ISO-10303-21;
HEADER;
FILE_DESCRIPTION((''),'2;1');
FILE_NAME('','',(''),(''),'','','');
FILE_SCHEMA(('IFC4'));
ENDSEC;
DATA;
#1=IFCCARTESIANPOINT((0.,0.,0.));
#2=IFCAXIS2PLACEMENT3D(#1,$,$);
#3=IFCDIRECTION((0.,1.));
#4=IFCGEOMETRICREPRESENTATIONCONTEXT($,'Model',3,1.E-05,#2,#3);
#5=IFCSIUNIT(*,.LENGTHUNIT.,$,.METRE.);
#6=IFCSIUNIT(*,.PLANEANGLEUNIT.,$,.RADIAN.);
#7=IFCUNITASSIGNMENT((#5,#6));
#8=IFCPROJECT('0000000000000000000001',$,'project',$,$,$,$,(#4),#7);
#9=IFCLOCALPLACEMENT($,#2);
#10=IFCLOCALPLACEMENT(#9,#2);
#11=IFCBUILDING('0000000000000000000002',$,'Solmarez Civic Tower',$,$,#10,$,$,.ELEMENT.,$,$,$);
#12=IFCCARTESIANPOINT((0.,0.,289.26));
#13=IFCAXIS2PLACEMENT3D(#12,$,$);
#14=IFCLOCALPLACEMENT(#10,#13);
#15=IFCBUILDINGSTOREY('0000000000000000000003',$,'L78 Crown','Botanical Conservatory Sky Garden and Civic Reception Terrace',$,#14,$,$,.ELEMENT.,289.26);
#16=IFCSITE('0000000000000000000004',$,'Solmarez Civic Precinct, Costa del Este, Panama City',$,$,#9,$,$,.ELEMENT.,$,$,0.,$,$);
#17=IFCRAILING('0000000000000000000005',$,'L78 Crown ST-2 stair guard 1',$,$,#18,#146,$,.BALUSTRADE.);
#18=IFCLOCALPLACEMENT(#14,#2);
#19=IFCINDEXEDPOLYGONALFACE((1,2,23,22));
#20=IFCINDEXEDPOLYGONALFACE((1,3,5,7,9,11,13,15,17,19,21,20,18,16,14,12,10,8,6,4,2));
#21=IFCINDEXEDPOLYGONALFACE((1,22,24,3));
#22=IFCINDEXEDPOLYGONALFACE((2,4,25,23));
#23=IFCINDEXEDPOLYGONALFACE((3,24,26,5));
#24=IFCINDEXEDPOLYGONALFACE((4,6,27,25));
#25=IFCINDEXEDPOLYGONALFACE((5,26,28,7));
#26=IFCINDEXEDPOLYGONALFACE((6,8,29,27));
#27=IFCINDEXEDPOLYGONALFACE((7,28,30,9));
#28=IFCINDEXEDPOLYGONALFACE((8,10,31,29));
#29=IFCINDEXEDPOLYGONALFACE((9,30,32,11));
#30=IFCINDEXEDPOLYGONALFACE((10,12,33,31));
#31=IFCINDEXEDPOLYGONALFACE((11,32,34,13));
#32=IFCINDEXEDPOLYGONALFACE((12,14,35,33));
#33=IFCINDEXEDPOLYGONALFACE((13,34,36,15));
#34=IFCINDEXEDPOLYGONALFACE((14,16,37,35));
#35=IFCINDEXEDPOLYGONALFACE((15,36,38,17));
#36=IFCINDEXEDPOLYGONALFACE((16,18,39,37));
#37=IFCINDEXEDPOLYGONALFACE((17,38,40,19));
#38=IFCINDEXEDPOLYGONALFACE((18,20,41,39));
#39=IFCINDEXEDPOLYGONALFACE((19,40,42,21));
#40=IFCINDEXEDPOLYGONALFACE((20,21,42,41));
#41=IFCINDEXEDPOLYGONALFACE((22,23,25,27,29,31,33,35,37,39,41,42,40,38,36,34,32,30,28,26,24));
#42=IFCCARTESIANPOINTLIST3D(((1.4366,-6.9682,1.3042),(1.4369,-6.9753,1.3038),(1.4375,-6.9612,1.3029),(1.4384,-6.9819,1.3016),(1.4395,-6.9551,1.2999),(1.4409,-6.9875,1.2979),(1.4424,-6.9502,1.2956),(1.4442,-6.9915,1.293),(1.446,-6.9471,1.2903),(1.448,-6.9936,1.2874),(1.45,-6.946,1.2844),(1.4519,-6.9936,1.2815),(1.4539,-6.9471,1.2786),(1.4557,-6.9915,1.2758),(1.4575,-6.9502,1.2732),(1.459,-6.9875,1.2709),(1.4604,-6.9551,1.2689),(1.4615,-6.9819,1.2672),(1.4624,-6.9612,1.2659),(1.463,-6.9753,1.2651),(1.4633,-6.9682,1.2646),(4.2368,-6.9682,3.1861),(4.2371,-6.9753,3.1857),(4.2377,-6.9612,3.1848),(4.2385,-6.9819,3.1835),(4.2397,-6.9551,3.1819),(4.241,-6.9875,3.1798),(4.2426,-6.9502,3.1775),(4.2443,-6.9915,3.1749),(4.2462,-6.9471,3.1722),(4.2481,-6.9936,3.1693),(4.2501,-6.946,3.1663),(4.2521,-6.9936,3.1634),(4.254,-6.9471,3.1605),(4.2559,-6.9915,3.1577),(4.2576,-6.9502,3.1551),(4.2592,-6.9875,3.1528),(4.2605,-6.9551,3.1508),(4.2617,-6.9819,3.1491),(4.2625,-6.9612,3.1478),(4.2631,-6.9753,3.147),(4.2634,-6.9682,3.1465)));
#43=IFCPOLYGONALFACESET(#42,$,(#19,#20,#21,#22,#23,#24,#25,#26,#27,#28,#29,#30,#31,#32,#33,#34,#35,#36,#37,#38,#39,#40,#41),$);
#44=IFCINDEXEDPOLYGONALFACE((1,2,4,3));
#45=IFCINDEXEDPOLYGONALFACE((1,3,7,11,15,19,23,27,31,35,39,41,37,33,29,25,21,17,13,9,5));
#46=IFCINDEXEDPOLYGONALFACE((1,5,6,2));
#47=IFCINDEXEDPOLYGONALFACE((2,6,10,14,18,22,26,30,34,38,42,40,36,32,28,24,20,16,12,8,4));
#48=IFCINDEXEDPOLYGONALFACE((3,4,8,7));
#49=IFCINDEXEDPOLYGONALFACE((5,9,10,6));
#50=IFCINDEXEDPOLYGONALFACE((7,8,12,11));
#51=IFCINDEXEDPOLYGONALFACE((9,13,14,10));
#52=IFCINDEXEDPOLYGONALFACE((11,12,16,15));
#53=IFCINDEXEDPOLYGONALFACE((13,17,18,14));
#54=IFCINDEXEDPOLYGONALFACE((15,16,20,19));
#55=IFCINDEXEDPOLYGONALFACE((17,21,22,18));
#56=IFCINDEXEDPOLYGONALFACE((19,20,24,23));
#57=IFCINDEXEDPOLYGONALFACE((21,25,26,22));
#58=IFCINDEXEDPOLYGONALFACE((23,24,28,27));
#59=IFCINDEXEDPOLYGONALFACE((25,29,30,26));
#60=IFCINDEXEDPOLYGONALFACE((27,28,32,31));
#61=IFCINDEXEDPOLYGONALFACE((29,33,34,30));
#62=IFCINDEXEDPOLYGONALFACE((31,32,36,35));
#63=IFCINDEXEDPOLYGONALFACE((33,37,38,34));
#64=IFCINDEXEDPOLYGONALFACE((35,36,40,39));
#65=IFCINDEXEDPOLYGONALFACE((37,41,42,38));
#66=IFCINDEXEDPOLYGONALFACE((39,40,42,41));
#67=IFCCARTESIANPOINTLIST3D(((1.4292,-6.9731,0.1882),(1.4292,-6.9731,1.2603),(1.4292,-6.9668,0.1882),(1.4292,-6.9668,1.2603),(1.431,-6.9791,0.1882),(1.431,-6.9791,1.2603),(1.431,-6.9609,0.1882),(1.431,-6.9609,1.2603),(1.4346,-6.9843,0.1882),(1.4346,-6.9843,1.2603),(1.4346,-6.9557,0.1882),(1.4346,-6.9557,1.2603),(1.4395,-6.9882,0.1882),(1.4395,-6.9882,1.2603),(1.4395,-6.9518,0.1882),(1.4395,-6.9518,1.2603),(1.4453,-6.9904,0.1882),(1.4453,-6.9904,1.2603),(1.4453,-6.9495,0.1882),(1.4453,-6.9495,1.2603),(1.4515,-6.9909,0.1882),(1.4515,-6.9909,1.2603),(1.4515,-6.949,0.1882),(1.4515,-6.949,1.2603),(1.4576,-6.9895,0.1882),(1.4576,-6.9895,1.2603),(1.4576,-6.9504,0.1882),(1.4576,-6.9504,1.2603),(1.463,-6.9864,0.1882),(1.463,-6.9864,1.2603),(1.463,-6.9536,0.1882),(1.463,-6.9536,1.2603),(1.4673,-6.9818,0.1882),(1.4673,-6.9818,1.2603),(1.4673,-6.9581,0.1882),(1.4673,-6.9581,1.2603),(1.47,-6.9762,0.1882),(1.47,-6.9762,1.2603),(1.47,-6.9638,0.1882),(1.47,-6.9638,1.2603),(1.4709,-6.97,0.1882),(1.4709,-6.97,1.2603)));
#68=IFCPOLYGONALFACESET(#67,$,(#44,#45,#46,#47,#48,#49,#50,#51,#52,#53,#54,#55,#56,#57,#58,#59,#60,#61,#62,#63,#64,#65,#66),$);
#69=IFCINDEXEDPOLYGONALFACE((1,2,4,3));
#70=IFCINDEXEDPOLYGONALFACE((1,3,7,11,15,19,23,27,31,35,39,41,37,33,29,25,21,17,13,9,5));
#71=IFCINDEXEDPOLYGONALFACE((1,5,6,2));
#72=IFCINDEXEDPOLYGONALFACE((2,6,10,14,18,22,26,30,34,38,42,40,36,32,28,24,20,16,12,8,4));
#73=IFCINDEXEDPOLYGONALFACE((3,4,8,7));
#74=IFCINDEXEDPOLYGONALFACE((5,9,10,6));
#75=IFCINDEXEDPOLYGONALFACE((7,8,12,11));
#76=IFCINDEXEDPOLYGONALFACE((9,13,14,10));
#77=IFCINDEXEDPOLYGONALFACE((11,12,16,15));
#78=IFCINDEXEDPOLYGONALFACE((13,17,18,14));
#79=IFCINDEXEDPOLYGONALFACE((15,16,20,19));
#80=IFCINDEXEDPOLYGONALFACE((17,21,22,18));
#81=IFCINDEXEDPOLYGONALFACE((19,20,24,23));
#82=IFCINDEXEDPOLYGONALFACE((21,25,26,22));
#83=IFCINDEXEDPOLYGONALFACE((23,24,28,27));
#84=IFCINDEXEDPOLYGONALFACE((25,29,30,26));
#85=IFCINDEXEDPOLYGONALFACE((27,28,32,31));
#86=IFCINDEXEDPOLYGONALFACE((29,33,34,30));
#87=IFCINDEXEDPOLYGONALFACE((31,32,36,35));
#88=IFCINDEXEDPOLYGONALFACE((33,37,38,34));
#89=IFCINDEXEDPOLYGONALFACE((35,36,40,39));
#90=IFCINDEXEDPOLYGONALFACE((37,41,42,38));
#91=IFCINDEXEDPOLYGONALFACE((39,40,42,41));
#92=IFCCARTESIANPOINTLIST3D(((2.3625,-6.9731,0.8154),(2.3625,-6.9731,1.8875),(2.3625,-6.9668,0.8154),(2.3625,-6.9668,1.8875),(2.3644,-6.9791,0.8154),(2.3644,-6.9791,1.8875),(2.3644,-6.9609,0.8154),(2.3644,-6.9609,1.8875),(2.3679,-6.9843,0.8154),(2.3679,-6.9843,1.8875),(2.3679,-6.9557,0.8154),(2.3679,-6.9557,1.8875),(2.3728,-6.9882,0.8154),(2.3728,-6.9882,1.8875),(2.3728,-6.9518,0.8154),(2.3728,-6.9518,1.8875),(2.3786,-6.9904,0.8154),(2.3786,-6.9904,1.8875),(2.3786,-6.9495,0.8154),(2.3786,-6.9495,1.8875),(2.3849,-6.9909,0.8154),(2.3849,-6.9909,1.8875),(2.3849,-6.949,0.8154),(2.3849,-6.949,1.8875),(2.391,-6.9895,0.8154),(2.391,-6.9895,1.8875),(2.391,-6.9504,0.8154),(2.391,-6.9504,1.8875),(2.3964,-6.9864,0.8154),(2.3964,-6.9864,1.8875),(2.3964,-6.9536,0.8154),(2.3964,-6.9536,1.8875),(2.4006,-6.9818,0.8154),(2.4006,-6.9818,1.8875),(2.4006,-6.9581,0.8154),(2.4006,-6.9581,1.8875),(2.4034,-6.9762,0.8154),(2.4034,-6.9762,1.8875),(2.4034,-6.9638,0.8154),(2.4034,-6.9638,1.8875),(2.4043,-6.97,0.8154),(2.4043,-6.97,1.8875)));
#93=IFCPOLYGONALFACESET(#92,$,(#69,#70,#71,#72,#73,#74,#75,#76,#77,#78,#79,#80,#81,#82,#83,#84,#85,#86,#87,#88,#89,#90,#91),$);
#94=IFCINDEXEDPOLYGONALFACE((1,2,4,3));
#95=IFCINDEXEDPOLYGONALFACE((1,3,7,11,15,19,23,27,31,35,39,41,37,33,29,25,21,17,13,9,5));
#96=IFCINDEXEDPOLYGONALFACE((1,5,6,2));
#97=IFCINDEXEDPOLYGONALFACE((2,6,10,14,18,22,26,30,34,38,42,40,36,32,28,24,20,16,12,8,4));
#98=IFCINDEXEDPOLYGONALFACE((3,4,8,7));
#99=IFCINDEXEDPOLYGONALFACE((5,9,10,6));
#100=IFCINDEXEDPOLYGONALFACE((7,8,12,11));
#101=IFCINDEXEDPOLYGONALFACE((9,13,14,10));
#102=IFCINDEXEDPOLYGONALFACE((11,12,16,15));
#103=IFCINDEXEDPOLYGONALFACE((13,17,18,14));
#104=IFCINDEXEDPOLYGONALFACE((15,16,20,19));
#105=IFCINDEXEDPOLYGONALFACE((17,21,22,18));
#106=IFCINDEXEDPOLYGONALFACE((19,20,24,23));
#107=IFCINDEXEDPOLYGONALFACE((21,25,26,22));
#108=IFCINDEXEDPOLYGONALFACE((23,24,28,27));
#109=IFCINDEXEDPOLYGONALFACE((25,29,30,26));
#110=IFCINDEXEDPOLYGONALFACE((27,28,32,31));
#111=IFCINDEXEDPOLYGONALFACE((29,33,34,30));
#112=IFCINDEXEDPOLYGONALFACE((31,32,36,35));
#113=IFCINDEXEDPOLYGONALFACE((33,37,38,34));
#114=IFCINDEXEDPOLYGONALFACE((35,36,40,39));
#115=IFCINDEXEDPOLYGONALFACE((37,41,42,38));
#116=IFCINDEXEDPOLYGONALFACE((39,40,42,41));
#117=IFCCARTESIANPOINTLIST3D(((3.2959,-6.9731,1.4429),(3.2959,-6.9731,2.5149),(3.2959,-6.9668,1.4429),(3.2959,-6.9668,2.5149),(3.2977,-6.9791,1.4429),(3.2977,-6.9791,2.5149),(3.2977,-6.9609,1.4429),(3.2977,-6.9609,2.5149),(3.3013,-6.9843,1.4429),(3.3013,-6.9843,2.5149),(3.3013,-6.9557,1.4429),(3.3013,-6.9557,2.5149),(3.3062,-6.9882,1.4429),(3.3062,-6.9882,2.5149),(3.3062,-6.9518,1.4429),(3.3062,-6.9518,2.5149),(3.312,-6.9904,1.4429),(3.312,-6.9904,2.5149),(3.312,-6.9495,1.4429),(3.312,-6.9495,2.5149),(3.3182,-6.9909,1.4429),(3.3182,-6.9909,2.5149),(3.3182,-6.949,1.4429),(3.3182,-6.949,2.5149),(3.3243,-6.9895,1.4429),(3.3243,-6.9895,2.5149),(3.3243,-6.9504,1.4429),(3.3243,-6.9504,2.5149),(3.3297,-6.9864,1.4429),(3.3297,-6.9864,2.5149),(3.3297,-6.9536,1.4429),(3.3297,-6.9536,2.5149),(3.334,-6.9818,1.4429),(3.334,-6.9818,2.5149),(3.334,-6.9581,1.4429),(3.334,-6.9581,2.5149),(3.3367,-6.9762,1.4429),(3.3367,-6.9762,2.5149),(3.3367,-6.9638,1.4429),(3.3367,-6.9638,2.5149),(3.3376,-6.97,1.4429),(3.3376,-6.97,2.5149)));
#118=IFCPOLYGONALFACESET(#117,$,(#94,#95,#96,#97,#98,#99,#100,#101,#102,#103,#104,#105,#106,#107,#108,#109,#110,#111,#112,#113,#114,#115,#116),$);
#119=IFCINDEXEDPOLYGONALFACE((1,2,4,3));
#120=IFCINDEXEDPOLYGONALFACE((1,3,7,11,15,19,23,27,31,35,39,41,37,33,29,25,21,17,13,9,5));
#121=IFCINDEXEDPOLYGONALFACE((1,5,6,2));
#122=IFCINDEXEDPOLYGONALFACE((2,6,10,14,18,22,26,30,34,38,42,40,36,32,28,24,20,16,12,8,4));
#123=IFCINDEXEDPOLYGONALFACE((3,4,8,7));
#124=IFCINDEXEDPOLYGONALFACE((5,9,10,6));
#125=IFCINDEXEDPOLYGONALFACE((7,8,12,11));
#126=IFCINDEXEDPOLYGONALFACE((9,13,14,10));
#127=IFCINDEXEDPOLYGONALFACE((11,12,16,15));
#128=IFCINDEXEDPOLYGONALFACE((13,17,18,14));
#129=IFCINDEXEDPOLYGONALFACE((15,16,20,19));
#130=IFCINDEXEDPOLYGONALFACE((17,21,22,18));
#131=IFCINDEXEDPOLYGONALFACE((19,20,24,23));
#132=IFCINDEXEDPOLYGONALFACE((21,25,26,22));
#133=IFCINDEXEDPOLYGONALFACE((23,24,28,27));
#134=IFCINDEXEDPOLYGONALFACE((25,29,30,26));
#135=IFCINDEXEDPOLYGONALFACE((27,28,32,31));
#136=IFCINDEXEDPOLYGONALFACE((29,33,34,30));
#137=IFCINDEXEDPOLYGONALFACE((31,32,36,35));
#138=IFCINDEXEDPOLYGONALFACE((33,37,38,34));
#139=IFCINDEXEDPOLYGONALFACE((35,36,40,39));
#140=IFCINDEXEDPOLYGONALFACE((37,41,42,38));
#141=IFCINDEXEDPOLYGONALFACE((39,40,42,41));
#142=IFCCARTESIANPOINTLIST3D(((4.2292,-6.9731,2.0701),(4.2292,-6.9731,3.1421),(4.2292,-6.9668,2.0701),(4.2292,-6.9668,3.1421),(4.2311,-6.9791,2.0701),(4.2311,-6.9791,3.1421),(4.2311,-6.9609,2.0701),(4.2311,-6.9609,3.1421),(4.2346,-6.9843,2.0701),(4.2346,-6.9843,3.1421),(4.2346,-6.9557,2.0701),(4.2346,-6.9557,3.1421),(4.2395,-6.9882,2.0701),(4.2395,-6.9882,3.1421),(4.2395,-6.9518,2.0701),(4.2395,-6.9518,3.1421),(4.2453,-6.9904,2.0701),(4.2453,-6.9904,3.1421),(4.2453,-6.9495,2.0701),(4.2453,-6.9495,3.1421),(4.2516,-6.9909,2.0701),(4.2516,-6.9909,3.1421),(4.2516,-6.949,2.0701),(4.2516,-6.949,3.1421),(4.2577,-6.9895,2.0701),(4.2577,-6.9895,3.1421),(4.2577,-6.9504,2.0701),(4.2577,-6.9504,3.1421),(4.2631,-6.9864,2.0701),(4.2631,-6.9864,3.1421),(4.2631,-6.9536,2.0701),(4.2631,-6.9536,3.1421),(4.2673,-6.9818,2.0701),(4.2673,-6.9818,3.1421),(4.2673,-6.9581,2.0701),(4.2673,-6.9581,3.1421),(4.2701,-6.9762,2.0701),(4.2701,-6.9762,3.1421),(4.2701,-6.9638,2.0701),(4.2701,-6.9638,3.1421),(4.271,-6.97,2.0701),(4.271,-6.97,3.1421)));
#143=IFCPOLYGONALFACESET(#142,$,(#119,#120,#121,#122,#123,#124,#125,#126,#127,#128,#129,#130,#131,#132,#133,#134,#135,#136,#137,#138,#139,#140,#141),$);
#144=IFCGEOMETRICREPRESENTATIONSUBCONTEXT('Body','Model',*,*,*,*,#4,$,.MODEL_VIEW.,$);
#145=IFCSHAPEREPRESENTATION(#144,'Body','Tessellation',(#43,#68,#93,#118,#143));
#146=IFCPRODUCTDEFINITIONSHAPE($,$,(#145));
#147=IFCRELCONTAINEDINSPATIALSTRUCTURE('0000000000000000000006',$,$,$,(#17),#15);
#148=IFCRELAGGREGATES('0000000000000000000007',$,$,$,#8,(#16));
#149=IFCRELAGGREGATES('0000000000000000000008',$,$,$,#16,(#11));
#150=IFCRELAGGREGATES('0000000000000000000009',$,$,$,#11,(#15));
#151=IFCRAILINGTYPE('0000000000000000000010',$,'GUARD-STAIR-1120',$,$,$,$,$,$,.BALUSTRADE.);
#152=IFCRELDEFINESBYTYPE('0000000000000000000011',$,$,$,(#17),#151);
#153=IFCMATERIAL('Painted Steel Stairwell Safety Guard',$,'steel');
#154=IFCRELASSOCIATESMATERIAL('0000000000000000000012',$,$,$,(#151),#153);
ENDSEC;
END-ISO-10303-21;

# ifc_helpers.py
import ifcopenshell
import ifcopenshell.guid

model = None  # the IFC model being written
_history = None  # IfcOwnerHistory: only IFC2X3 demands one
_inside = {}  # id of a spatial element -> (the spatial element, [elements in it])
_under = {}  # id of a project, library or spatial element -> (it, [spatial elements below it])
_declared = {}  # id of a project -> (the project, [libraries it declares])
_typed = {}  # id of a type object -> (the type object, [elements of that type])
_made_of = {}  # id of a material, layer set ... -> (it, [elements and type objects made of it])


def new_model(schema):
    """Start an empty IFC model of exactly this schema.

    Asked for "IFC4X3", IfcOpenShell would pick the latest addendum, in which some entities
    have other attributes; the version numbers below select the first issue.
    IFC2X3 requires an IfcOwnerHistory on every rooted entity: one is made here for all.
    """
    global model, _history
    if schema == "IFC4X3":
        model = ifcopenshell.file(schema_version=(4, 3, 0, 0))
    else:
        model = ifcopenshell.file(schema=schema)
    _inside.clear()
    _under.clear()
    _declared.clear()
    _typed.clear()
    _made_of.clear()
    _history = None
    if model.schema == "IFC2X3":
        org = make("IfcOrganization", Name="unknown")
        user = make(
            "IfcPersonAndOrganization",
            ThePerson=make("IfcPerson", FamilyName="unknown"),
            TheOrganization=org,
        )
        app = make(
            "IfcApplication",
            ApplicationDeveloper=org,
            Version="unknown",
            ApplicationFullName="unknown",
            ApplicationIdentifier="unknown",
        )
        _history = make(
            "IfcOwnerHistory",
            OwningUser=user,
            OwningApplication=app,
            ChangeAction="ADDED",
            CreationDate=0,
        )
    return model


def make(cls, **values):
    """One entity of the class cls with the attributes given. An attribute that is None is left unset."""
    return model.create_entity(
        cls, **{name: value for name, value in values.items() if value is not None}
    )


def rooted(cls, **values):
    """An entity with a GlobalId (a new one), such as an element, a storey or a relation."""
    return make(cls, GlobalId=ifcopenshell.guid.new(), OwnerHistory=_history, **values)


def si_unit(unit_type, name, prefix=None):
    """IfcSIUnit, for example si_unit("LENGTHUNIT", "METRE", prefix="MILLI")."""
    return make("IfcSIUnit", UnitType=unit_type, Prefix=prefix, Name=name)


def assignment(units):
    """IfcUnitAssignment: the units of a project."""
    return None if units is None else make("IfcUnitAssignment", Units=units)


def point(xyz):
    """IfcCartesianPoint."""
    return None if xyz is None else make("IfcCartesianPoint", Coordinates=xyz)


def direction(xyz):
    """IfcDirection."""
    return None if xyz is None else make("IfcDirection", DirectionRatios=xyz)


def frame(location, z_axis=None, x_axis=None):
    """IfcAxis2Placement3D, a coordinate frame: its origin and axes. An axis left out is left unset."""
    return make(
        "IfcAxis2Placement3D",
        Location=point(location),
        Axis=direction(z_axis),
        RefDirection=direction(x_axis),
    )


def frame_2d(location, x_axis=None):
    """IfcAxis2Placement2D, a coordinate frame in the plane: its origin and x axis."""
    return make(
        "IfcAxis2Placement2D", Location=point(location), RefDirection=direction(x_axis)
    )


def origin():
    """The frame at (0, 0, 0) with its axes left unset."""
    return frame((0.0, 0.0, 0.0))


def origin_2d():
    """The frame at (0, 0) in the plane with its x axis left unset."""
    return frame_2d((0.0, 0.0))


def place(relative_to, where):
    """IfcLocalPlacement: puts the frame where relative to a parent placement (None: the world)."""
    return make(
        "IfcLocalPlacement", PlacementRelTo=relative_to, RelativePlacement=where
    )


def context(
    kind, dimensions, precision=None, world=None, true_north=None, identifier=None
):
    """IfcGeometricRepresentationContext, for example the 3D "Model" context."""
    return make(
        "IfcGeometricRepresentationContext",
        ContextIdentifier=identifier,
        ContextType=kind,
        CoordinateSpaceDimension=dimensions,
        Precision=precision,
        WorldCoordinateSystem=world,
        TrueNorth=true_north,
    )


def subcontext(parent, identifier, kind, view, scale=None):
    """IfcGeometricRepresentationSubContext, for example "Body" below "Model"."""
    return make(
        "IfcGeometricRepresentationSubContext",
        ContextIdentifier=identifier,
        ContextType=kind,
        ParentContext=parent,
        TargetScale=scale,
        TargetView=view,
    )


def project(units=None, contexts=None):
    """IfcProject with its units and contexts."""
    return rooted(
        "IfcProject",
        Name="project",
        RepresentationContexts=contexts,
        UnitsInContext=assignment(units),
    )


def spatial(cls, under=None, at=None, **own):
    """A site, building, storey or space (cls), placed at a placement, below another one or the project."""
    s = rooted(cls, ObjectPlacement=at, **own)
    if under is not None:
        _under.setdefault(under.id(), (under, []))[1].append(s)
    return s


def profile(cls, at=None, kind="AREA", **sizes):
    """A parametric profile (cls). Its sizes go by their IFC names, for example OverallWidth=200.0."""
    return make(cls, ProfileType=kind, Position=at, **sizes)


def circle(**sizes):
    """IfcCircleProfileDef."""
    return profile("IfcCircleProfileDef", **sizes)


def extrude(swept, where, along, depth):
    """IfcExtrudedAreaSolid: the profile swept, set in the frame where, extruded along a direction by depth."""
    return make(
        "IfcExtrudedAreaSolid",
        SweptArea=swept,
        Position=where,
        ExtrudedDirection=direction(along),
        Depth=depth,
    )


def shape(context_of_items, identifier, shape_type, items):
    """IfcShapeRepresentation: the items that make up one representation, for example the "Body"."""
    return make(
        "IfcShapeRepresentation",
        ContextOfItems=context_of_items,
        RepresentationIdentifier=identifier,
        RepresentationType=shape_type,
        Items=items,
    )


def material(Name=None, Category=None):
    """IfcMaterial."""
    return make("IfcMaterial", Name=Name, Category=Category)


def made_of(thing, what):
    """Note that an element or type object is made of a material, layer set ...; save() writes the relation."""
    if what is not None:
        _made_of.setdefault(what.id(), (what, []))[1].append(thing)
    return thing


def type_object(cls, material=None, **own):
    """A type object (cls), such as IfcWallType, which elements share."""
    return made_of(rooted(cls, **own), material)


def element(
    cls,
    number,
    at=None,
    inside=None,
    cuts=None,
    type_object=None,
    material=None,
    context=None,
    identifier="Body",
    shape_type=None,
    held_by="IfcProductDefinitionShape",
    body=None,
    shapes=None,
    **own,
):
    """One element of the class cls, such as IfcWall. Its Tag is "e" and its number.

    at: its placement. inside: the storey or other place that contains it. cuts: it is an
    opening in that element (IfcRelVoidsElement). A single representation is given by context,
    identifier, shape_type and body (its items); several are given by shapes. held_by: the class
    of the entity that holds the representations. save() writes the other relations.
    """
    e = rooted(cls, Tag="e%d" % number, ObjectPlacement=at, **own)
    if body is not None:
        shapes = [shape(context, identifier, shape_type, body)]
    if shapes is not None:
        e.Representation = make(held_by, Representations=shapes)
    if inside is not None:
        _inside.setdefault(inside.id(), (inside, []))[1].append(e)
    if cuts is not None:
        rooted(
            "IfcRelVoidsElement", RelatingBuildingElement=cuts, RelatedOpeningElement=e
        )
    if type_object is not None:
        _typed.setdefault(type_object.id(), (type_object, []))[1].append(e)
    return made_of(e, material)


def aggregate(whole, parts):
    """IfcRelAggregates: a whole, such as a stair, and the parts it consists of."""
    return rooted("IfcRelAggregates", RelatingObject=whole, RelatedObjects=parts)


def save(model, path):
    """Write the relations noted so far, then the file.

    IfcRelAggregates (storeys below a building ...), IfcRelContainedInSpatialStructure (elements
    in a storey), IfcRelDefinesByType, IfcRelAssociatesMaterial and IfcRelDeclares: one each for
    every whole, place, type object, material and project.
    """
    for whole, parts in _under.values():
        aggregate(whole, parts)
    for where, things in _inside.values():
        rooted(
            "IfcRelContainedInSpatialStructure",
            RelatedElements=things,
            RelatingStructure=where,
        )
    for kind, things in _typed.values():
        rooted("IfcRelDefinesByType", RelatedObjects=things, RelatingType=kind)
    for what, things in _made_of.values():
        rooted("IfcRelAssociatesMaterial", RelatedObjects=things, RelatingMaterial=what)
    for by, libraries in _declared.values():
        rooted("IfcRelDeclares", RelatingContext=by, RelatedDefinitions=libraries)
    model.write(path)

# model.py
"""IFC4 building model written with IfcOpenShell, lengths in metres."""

from ifc_helpers import new_model, si_unit, direction, frame, origin, origin_2d, place, context, subcontext, project, spatial, circle, extrude, material, type_object, element, save


model = new_model("IFC4")

# Units and contexts
model_context = context("Model", 3, precision=1e-05, world=origin(), true_north=direction((0.0, 1.0)))
body_context = subcontext(model_context, "Body", "Model", "MODEL_VIEW")
ifc_project = project(units=[si_unit("LENGTHUNIT", "METRE"), si_unit("PLANEANGLEUNIT", "RADIAN")], contexts=[model_context])

# Site, building, storey
site_placement = place(None, origin())
site = spatial("IfcSite", under=ifc_project, at=site_placement, Name="Solmarez Civic Precinct, Costa del Este, Panama City", CompositionType="ELEMENT", RefElevation=0.0)
building_placement = place(site_placement, origin())
building = spatial("IfcBuilding", under=site, at=building_placement, Name="Solmarez Civic Tower", CompositionType="ELEMENT")
storey_placement = place(building_placement, frame((0.0, 0.0, 289.26)))
storey = spatial("IfcBuildingStorey", under=building, at=storey_placement, Name="L78 Crown", Description="Botanical Conservatory Sky Garden and Civic Reception Terrace", CompositionType="ELEMENT", Elevation=289.26)

# Railing
ifc_material_1 = material(Name="Painted Steel Stairwell Safety Guard", Category="steel")
railing_type_1 = type_object("IfcRailingType", Name="GUARD-STAIR-1120", PredefinedType="BALUSTRADE", material=ifc_material_1)
railing_1_placement = place(storey_placement, frame((1.45, -6.97, 0.1882)))
element("IfcRailing", 1, at=railing_1_placement, inside=storey, type_object=railing_type_1, Name="L78 Crown ST-2 stair guard 1", PredefinedType="BALUSTRADE", context=body_context, shape_type="SweptSolid", body=[
    extrude(circle(Radius=0.0239, at=origin_2d()), frame((0.0, 0.0, 1.0962), z_axis=(0.829974, 0.0, 0.557803), x_axis=(0.0, 1.0, 0.0)), (0.0, 0.0, 1.0), 3.3738),
    extrude(circle(Radius=0.021, at=origin_2d()), origin(), (0.0, 0.0, 1.0), 1.072),
    extrude(circle(Radius=0.021, at=origin_2d()), frame((0.9333, 0.0, 0.6272)), (0.0, 0.0, 1.0), 1.072),
    extrude(circle(Radius=0.021, at=origin_2d()), frame((1.8667, 0.0, 1.2546)), (0.0, 0.0, 1.0), 1.072),
    extrude(circle(Radius=0.021, at=origin_2d()), frame((2.8, 0.0, 1.8818)), (0.0, 0.0, 1.0), 1.072),
])

save(model, "model.ifc")
